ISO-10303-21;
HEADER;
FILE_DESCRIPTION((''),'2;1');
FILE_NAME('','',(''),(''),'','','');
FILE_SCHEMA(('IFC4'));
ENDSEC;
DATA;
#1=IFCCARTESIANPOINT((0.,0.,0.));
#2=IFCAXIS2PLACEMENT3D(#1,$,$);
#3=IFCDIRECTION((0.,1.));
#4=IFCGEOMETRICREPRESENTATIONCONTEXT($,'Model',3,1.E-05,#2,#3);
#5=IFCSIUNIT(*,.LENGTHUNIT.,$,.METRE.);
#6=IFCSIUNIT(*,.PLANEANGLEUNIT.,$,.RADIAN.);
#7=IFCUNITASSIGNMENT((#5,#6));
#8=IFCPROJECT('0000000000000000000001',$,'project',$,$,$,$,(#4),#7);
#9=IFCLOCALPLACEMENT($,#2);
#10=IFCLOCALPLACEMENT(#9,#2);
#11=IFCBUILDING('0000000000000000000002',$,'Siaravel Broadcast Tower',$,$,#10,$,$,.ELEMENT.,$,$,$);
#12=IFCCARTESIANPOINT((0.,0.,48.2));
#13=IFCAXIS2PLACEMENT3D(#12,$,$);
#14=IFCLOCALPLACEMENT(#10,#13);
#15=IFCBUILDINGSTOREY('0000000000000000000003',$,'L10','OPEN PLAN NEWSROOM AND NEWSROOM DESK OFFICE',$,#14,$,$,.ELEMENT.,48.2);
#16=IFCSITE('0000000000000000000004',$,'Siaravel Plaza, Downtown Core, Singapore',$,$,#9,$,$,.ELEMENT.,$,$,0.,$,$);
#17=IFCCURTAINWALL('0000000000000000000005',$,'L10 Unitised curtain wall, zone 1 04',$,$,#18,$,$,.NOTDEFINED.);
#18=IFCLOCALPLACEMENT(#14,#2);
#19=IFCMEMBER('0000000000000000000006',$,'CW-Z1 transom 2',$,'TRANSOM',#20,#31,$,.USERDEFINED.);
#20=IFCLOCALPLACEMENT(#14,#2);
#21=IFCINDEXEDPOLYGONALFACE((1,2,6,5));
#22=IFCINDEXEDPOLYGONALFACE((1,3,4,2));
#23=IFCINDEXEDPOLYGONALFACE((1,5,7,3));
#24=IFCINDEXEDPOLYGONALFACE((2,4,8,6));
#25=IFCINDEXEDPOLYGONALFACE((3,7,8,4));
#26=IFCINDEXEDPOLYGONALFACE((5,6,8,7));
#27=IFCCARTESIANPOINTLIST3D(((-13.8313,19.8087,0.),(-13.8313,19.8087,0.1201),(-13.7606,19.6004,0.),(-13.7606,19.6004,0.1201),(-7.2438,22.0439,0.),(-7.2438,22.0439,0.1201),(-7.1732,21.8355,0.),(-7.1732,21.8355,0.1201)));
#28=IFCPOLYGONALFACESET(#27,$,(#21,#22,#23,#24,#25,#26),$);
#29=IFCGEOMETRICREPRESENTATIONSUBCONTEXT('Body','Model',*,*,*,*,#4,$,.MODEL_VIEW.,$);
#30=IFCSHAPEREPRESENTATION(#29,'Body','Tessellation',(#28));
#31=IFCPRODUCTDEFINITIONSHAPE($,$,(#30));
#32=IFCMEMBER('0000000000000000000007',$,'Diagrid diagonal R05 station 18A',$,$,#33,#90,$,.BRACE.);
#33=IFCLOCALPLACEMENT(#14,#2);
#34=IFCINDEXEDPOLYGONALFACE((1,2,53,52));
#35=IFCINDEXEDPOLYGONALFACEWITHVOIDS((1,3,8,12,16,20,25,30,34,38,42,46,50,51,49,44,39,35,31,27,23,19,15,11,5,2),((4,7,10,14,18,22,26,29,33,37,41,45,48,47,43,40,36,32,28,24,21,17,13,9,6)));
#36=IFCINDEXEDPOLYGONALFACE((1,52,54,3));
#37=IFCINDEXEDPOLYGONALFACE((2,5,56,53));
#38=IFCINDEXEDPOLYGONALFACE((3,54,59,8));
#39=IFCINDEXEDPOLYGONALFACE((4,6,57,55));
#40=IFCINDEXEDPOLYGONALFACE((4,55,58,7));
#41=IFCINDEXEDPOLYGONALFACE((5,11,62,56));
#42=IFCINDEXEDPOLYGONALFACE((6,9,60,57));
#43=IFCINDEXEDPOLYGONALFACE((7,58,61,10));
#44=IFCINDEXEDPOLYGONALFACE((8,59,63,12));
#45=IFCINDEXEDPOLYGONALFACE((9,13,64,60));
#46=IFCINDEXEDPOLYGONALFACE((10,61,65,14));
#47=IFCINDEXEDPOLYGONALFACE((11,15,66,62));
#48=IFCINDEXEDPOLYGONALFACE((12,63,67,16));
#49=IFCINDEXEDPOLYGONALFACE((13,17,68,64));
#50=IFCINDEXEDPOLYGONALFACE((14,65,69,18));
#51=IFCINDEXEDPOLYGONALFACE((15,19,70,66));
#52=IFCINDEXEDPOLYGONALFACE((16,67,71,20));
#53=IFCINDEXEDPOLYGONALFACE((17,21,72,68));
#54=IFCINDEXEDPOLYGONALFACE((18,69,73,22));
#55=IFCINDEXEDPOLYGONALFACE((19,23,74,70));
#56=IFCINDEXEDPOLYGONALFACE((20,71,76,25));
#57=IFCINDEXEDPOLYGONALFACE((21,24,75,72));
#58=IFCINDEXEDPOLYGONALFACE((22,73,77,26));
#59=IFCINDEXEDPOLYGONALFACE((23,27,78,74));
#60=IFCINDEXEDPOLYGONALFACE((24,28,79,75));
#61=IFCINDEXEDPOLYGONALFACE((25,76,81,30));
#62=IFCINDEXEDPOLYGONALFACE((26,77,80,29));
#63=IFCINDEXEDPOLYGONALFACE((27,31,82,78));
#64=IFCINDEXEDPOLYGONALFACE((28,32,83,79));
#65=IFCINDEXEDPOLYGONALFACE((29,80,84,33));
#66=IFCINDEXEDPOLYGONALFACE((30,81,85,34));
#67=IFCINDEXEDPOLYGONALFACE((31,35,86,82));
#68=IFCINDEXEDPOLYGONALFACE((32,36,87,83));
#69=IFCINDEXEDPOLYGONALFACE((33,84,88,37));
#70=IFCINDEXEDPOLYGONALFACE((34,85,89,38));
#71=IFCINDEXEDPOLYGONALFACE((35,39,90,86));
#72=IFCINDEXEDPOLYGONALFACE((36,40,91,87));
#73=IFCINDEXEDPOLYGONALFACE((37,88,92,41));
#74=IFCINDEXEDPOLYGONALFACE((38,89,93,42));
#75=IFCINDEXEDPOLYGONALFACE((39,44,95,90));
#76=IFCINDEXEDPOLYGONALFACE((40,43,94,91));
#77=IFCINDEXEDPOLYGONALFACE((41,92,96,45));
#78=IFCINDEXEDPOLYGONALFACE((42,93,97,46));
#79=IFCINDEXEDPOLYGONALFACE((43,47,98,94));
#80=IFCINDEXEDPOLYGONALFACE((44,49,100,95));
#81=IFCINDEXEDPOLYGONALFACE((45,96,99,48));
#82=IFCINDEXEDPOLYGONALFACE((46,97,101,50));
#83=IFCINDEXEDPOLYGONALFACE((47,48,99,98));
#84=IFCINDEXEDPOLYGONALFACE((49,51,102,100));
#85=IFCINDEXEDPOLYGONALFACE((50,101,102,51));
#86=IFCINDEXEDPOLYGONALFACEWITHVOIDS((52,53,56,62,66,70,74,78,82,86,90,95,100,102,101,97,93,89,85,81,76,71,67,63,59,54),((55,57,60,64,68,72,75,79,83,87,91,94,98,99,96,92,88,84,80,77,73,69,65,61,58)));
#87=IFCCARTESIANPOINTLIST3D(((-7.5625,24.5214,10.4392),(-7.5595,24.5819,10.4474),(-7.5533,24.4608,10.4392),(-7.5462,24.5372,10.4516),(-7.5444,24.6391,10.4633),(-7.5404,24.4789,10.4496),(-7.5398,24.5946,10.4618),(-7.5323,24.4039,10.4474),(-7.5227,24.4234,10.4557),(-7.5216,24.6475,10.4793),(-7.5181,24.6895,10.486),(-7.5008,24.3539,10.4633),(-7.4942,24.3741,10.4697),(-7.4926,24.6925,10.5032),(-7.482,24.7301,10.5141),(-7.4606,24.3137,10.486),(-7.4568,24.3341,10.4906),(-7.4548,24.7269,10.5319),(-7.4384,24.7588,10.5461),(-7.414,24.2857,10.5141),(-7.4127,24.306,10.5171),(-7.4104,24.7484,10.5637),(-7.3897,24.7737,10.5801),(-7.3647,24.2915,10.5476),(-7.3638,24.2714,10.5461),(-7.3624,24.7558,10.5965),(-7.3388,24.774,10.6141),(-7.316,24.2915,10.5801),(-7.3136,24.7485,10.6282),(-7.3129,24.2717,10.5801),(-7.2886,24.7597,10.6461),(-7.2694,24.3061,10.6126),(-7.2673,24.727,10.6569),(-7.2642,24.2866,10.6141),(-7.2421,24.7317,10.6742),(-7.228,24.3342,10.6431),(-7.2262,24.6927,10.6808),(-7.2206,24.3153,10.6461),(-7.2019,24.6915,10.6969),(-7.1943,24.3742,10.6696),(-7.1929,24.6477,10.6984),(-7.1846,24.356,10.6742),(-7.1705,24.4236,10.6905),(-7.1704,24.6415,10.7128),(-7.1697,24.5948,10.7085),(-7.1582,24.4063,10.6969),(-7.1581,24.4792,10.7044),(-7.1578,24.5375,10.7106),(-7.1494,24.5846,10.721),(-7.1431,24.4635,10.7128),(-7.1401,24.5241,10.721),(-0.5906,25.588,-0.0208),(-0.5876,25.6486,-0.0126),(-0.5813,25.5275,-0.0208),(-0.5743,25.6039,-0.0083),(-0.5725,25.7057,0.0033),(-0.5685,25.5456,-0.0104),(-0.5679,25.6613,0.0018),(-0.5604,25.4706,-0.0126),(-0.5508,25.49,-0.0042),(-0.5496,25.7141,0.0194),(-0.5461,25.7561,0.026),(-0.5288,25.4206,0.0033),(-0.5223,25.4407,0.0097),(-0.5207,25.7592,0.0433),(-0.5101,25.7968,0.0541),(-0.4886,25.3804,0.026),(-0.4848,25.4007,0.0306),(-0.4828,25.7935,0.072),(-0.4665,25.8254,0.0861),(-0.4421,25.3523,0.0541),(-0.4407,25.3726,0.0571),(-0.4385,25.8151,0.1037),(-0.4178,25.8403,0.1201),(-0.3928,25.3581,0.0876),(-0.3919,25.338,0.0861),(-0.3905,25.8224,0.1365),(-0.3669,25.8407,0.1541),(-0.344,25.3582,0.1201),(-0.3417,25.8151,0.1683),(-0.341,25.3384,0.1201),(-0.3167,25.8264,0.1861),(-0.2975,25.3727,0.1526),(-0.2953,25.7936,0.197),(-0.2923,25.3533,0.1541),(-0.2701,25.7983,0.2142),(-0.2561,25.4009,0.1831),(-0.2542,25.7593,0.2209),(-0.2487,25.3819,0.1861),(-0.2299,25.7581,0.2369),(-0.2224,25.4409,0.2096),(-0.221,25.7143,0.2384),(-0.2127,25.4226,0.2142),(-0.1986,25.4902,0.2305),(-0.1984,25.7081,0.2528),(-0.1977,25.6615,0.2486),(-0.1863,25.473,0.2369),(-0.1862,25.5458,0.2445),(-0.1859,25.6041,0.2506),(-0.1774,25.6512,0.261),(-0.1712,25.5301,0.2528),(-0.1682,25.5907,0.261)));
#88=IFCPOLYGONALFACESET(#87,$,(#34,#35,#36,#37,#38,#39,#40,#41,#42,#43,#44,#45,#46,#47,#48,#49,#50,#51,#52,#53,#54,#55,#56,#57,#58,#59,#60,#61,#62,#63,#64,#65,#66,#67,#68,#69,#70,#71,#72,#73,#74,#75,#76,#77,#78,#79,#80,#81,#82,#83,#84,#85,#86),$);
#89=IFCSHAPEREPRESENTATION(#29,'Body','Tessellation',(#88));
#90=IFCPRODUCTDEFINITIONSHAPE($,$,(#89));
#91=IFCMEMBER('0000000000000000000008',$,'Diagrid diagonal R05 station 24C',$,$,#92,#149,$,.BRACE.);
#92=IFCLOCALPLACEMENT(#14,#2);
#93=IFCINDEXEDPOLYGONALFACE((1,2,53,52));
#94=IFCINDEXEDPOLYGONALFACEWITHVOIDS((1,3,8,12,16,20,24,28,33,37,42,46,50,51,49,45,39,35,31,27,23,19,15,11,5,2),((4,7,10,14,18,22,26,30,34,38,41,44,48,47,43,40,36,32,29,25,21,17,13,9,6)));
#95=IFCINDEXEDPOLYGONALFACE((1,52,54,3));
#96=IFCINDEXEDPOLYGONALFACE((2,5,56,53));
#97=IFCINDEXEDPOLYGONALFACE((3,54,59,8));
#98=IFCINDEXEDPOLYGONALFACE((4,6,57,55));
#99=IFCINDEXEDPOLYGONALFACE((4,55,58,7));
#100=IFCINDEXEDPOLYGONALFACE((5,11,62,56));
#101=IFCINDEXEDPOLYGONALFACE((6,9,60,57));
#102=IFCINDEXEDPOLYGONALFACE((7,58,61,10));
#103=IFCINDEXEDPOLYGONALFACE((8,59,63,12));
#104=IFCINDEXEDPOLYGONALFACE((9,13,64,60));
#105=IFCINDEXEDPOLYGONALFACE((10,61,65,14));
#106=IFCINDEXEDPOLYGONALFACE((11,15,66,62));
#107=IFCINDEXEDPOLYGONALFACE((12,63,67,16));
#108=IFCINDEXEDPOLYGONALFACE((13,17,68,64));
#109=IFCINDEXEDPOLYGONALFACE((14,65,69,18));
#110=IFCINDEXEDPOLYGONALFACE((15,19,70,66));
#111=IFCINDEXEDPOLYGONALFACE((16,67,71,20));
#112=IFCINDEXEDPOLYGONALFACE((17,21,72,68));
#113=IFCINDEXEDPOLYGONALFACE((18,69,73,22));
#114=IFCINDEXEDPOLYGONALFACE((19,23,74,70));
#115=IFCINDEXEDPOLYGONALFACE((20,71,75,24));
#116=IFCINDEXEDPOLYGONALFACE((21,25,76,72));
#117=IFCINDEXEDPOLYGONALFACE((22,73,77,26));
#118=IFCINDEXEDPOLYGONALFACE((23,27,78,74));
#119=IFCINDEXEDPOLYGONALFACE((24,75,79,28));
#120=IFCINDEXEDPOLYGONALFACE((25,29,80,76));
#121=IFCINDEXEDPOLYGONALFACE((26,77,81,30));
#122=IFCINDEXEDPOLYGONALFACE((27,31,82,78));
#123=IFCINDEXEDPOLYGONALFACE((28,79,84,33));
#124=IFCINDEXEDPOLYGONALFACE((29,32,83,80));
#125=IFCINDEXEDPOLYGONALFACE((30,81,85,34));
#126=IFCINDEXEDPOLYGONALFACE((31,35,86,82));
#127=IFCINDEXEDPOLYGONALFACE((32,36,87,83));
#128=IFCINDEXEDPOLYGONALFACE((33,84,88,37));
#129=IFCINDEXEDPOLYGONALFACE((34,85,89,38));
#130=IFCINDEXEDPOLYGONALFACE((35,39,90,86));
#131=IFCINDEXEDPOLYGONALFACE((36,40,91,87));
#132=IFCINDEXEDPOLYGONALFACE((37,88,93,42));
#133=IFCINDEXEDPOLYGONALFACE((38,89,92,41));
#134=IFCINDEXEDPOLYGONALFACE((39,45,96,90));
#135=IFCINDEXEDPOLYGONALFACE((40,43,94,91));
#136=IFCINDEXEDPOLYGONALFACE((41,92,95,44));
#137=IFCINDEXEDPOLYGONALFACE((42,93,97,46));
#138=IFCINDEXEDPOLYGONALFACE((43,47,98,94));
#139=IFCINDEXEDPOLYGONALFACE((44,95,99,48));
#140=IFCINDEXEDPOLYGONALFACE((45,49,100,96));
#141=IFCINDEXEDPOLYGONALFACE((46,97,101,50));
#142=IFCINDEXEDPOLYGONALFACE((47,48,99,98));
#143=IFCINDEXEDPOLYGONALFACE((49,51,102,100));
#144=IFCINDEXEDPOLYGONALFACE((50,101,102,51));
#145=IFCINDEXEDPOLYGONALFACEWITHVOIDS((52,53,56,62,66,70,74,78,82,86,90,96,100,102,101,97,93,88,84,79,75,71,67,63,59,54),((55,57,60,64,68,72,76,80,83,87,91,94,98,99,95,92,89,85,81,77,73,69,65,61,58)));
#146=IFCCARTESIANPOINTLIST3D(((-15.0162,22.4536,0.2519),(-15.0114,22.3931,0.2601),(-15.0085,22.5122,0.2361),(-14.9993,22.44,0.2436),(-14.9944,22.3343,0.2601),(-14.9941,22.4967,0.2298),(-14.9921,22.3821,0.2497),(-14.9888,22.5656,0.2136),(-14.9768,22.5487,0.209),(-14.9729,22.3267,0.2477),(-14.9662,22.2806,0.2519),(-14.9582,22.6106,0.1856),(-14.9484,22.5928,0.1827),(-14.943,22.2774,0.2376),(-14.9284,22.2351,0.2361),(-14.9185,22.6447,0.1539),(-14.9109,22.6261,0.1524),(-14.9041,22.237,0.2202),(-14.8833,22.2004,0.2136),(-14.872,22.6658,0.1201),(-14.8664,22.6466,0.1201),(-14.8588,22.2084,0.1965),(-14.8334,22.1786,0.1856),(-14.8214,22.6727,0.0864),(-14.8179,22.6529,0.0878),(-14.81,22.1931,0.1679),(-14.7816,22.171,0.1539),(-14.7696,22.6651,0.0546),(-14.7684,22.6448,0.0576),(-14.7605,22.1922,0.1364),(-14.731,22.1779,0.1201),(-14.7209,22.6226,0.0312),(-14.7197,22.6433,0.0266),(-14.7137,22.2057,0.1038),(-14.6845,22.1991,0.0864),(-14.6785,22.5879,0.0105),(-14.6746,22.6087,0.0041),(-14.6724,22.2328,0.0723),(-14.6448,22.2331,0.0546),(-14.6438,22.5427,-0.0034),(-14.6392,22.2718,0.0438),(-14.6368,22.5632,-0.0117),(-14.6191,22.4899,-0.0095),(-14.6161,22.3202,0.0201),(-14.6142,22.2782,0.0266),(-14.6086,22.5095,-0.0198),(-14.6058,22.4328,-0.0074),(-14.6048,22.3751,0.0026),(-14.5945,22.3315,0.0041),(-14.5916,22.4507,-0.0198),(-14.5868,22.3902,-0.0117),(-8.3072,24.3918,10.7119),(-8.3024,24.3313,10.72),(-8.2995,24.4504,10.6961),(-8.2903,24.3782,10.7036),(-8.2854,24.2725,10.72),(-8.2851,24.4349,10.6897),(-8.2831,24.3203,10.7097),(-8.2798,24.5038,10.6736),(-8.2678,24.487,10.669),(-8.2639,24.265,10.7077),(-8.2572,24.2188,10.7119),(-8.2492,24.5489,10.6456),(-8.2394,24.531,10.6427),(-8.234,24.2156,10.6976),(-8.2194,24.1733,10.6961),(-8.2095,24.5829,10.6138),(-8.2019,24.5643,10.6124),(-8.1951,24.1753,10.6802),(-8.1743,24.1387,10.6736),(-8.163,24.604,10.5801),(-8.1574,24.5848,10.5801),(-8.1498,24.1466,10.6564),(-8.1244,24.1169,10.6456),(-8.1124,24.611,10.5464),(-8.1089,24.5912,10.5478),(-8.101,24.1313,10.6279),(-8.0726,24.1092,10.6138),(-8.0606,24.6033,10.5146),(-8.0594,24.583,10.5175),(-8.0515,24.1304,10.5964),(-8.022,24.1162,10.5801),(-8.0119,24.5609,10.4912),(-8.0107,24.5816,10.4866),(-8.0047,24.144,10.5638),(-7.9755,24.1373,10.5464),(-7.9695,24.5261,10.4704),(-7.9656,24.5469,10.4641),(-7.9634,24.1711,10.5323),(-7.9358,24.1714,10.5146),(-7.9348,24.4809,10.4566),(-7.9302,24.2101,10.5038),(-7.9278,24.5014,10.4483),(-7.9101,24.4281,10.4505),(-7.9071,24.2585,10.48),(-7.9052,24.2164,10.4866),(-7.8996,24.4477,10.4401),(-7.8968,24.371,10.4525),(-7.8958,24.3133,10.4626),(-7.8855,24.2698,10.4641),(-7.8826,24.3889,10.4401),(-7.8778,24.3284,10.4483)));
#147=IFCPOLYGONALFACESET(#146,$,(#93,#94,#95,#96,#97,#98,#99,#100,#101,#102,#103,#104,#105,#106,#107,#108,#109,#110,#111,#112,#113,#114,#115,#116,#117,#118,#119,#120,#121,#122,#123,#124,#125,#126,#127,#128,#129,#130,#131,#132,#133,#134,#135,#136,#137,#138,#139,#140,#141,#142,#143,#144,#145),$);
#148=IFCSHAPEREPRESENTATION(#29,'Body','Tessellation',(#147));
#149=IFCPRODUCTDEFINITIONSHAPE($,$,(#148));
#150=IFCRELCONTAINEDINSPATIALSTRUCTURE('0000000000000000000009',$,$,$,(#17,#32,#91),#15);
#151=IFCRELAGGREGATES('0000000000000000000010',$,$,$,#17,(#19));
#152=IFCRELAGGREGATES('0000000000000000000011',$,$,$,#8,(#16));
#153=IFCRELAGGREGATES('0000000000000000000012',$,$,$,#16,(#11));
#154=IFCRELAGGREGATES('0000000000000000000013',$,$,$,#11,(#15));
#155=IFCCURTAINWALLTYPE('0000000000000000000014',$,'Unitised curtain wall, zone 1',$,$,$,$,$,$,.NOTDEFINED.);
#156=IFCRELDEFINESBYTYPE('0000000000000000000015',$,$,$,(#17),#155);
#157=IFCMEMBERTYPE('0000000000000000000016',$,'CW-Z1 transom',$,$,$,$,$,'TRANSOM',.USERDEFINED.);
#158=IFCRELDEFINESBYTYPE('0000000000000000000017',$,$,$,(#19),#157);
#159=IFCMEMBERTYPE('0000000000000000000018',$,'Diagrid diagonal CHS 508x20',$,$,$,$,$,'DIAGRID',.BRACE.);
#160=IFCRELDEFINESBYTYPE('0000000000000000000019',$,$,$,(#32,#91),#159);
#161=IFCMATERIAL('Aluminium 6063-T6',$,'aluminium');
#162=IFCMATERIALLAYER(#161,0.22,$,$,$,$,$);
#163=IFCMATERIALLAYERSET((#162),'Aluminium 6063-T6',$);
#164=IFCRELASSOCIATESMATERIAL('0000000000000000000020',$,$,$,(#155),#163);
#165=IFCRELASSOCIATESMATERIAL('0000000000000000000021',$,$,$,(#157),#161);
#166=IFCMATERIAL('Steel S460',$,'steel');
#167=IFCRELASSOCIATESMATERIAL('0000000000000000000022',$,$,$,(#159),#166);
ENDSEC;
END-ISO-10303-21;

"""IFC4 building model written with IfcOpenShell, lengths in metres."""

from ifc_helpers import new_model, si_unit, direction, frame, origin, origin_2d, place, context, subcontext, project, spatial, rectangle, hollow_circle, extrude, material, layer, layer_set, material_profile, profile_set, type_object, element, aggregate, save


model = new_model("IFC4")

# Units and contexts
model_context = context("Model", 3, precision=1e-05, world=origin(), true_north=direction((0.0, 1.0)))
body_context = subcontext(model_context, "Body", "Model", "MODEL_VIEW")
ifc_project = project(units=[si_unit("LENGTHUNIT", "METRE"), si_unit("PLANEANGLEUNIT", "RADIAN")], contexts=[model_context])

# Site, building, storey
site_placement = place(None, origin())
site = spatial("IfcSite", under=ifc_project, at=site_placement, Name="Siaravel Plaza, Downtown Core, Singapore", CompositionType="ELEMENT", RefElevation=0.0)
building_placement = place(site_placement, origin())
building = spatial("IfcBuilding", under=site, at=building_placement, Name="Siaravel Broadcast Tower", CompositionType="ELEMENT")
storey_placement = place(building_placement, frame((0.0, 0.0, 48.2)))
storey = spatial("IfcBuildingStorey", under=building, at=storey_placement, Name="L10", Description="OPEN PLAN NEWSROOM AND NEWSROOM DESK OFFICE", CompositionType="ELEMENT", Elevation=48.2)

# Curtain wall, member
ifc_material_1 = material(Name="Aluminium 6063-T6", Category="aluminium")
ifc_layer_1 = layer(ifc_material_1, 0.22)
ifc_layer_set_1 = layer_set([ifc_layer_1], Name="Aluminium 6063-T6")
curtain_wall_type = type_object("IfcCurtainWallType", Name="Unitised curtain wall, zone 1", PredefinedType="NOTDEFINED", material=ifc_layer_set_1)
curtain_wall_placement = place(storey_placement, origin())
curtain_wall = element("IfcCurtainWall", 1, at=curtain_wall_placement, inside=storey, type_object=curtain_wall_type, Name="L10 Unitised curtain wall, zone 1 04", PredefinedType="NOTDEFINED")
ifc_material_profile_1 = material_profile(ifc_material_1, rectangle(XDim=0.22, YDim=0.1201, at=origin_2d()))
ifc_profile_set_1 = profile_set([ifc_material_profile_1], Name="Aluminium 6063-T6")
member_type_1 = type_object("IfcMemberType", Name="CW-Z1 transom", ElementType="TRANSOM", PredefinedType="USERDEFINED", material=ifc_profile_set_1)
member_1_placement = place(storey_placement, frame((-7.2085, 21.9397, 0.0601), z_axis=(-0.946975, -0.321309, 0.0), x_axis=(0.321309, -0.946975, 0.0)))
member_1 = element("IfcMember", 2, at=member_1_placement, type_object=member_type_1, Name="CW-Z1 transom 2", ObjectType="TRANSOM", PredefinedType="USERDEFINED", context=body_context, shape_type="SweptSolid", body=[
    extrude(rectangle(XDim=0.22, YDim=0.1201, at=origin_2d()), origin(), (0.0, 0.0, 1.0), 6.9563),
])

# Members
ifc_material_2 = material(Name="Steel S460", Category="steel")
ifc_material_profile_2 = material_profile(ifc_material_2, hollow_circle(Radius=0.2539, WallThickness=0.02, at=origin_2d()))
ifc_profile_set_2 = profile_set([ifc_material_profile_2], Name="Steel S460")
member_type_2 = type_object("IfcMemberType", Name="Diagrid diagonal CHS 508x20", ElementType="DIAGRID", PredefinedType="BRACE", material=ifc_profile_set_2)
member_2_placement = place(storey_placement, frame((-0.3794, 25.5894, 0.1201), z_axis=(-0.552638, -0.084549, 0.829122), x_axis=(0.151233, -0.988498, 0.0)))
element("IfcMember", 3, at=member_2_placement, inside=storey, type_object=member_type_2, Name="Diagrid diagonal R05 station 18A", PredefinedType="BRACE", context=body_context, shape_type="SweptSolid", body=[
    extrude(hollow_circle(Radius=0.2539, WallThickness=0.02, at=origin_2d()), origin(), (0.0, 0.0, 1.0), 12.6157),
])
member_3_placement = place(storey_placement, frame((-14.8015, 22.4219, 0.1201), z_axis=(0.533438, 0.154111, 0.831681), x_axis=(-0.27755, 0.960711, 0.0)))
element("IfcMember", 4, at=member_3_placement, inside=storey, type_object=member_type_2, Name="Diagrid diagonal R05 station 24C", PredefinedType="BRACE", context=body_context, shape_type="SweptSolid", body=[
    extrude(hollow_circle(Radius=0.2539, WallThickness=0.02, at=origin_2d()), origin(), (0.0, 0.0, 1.0), 12.5769),
])

aggregate(curtain_wall, [member_1])

save(model, "model.ifc")
